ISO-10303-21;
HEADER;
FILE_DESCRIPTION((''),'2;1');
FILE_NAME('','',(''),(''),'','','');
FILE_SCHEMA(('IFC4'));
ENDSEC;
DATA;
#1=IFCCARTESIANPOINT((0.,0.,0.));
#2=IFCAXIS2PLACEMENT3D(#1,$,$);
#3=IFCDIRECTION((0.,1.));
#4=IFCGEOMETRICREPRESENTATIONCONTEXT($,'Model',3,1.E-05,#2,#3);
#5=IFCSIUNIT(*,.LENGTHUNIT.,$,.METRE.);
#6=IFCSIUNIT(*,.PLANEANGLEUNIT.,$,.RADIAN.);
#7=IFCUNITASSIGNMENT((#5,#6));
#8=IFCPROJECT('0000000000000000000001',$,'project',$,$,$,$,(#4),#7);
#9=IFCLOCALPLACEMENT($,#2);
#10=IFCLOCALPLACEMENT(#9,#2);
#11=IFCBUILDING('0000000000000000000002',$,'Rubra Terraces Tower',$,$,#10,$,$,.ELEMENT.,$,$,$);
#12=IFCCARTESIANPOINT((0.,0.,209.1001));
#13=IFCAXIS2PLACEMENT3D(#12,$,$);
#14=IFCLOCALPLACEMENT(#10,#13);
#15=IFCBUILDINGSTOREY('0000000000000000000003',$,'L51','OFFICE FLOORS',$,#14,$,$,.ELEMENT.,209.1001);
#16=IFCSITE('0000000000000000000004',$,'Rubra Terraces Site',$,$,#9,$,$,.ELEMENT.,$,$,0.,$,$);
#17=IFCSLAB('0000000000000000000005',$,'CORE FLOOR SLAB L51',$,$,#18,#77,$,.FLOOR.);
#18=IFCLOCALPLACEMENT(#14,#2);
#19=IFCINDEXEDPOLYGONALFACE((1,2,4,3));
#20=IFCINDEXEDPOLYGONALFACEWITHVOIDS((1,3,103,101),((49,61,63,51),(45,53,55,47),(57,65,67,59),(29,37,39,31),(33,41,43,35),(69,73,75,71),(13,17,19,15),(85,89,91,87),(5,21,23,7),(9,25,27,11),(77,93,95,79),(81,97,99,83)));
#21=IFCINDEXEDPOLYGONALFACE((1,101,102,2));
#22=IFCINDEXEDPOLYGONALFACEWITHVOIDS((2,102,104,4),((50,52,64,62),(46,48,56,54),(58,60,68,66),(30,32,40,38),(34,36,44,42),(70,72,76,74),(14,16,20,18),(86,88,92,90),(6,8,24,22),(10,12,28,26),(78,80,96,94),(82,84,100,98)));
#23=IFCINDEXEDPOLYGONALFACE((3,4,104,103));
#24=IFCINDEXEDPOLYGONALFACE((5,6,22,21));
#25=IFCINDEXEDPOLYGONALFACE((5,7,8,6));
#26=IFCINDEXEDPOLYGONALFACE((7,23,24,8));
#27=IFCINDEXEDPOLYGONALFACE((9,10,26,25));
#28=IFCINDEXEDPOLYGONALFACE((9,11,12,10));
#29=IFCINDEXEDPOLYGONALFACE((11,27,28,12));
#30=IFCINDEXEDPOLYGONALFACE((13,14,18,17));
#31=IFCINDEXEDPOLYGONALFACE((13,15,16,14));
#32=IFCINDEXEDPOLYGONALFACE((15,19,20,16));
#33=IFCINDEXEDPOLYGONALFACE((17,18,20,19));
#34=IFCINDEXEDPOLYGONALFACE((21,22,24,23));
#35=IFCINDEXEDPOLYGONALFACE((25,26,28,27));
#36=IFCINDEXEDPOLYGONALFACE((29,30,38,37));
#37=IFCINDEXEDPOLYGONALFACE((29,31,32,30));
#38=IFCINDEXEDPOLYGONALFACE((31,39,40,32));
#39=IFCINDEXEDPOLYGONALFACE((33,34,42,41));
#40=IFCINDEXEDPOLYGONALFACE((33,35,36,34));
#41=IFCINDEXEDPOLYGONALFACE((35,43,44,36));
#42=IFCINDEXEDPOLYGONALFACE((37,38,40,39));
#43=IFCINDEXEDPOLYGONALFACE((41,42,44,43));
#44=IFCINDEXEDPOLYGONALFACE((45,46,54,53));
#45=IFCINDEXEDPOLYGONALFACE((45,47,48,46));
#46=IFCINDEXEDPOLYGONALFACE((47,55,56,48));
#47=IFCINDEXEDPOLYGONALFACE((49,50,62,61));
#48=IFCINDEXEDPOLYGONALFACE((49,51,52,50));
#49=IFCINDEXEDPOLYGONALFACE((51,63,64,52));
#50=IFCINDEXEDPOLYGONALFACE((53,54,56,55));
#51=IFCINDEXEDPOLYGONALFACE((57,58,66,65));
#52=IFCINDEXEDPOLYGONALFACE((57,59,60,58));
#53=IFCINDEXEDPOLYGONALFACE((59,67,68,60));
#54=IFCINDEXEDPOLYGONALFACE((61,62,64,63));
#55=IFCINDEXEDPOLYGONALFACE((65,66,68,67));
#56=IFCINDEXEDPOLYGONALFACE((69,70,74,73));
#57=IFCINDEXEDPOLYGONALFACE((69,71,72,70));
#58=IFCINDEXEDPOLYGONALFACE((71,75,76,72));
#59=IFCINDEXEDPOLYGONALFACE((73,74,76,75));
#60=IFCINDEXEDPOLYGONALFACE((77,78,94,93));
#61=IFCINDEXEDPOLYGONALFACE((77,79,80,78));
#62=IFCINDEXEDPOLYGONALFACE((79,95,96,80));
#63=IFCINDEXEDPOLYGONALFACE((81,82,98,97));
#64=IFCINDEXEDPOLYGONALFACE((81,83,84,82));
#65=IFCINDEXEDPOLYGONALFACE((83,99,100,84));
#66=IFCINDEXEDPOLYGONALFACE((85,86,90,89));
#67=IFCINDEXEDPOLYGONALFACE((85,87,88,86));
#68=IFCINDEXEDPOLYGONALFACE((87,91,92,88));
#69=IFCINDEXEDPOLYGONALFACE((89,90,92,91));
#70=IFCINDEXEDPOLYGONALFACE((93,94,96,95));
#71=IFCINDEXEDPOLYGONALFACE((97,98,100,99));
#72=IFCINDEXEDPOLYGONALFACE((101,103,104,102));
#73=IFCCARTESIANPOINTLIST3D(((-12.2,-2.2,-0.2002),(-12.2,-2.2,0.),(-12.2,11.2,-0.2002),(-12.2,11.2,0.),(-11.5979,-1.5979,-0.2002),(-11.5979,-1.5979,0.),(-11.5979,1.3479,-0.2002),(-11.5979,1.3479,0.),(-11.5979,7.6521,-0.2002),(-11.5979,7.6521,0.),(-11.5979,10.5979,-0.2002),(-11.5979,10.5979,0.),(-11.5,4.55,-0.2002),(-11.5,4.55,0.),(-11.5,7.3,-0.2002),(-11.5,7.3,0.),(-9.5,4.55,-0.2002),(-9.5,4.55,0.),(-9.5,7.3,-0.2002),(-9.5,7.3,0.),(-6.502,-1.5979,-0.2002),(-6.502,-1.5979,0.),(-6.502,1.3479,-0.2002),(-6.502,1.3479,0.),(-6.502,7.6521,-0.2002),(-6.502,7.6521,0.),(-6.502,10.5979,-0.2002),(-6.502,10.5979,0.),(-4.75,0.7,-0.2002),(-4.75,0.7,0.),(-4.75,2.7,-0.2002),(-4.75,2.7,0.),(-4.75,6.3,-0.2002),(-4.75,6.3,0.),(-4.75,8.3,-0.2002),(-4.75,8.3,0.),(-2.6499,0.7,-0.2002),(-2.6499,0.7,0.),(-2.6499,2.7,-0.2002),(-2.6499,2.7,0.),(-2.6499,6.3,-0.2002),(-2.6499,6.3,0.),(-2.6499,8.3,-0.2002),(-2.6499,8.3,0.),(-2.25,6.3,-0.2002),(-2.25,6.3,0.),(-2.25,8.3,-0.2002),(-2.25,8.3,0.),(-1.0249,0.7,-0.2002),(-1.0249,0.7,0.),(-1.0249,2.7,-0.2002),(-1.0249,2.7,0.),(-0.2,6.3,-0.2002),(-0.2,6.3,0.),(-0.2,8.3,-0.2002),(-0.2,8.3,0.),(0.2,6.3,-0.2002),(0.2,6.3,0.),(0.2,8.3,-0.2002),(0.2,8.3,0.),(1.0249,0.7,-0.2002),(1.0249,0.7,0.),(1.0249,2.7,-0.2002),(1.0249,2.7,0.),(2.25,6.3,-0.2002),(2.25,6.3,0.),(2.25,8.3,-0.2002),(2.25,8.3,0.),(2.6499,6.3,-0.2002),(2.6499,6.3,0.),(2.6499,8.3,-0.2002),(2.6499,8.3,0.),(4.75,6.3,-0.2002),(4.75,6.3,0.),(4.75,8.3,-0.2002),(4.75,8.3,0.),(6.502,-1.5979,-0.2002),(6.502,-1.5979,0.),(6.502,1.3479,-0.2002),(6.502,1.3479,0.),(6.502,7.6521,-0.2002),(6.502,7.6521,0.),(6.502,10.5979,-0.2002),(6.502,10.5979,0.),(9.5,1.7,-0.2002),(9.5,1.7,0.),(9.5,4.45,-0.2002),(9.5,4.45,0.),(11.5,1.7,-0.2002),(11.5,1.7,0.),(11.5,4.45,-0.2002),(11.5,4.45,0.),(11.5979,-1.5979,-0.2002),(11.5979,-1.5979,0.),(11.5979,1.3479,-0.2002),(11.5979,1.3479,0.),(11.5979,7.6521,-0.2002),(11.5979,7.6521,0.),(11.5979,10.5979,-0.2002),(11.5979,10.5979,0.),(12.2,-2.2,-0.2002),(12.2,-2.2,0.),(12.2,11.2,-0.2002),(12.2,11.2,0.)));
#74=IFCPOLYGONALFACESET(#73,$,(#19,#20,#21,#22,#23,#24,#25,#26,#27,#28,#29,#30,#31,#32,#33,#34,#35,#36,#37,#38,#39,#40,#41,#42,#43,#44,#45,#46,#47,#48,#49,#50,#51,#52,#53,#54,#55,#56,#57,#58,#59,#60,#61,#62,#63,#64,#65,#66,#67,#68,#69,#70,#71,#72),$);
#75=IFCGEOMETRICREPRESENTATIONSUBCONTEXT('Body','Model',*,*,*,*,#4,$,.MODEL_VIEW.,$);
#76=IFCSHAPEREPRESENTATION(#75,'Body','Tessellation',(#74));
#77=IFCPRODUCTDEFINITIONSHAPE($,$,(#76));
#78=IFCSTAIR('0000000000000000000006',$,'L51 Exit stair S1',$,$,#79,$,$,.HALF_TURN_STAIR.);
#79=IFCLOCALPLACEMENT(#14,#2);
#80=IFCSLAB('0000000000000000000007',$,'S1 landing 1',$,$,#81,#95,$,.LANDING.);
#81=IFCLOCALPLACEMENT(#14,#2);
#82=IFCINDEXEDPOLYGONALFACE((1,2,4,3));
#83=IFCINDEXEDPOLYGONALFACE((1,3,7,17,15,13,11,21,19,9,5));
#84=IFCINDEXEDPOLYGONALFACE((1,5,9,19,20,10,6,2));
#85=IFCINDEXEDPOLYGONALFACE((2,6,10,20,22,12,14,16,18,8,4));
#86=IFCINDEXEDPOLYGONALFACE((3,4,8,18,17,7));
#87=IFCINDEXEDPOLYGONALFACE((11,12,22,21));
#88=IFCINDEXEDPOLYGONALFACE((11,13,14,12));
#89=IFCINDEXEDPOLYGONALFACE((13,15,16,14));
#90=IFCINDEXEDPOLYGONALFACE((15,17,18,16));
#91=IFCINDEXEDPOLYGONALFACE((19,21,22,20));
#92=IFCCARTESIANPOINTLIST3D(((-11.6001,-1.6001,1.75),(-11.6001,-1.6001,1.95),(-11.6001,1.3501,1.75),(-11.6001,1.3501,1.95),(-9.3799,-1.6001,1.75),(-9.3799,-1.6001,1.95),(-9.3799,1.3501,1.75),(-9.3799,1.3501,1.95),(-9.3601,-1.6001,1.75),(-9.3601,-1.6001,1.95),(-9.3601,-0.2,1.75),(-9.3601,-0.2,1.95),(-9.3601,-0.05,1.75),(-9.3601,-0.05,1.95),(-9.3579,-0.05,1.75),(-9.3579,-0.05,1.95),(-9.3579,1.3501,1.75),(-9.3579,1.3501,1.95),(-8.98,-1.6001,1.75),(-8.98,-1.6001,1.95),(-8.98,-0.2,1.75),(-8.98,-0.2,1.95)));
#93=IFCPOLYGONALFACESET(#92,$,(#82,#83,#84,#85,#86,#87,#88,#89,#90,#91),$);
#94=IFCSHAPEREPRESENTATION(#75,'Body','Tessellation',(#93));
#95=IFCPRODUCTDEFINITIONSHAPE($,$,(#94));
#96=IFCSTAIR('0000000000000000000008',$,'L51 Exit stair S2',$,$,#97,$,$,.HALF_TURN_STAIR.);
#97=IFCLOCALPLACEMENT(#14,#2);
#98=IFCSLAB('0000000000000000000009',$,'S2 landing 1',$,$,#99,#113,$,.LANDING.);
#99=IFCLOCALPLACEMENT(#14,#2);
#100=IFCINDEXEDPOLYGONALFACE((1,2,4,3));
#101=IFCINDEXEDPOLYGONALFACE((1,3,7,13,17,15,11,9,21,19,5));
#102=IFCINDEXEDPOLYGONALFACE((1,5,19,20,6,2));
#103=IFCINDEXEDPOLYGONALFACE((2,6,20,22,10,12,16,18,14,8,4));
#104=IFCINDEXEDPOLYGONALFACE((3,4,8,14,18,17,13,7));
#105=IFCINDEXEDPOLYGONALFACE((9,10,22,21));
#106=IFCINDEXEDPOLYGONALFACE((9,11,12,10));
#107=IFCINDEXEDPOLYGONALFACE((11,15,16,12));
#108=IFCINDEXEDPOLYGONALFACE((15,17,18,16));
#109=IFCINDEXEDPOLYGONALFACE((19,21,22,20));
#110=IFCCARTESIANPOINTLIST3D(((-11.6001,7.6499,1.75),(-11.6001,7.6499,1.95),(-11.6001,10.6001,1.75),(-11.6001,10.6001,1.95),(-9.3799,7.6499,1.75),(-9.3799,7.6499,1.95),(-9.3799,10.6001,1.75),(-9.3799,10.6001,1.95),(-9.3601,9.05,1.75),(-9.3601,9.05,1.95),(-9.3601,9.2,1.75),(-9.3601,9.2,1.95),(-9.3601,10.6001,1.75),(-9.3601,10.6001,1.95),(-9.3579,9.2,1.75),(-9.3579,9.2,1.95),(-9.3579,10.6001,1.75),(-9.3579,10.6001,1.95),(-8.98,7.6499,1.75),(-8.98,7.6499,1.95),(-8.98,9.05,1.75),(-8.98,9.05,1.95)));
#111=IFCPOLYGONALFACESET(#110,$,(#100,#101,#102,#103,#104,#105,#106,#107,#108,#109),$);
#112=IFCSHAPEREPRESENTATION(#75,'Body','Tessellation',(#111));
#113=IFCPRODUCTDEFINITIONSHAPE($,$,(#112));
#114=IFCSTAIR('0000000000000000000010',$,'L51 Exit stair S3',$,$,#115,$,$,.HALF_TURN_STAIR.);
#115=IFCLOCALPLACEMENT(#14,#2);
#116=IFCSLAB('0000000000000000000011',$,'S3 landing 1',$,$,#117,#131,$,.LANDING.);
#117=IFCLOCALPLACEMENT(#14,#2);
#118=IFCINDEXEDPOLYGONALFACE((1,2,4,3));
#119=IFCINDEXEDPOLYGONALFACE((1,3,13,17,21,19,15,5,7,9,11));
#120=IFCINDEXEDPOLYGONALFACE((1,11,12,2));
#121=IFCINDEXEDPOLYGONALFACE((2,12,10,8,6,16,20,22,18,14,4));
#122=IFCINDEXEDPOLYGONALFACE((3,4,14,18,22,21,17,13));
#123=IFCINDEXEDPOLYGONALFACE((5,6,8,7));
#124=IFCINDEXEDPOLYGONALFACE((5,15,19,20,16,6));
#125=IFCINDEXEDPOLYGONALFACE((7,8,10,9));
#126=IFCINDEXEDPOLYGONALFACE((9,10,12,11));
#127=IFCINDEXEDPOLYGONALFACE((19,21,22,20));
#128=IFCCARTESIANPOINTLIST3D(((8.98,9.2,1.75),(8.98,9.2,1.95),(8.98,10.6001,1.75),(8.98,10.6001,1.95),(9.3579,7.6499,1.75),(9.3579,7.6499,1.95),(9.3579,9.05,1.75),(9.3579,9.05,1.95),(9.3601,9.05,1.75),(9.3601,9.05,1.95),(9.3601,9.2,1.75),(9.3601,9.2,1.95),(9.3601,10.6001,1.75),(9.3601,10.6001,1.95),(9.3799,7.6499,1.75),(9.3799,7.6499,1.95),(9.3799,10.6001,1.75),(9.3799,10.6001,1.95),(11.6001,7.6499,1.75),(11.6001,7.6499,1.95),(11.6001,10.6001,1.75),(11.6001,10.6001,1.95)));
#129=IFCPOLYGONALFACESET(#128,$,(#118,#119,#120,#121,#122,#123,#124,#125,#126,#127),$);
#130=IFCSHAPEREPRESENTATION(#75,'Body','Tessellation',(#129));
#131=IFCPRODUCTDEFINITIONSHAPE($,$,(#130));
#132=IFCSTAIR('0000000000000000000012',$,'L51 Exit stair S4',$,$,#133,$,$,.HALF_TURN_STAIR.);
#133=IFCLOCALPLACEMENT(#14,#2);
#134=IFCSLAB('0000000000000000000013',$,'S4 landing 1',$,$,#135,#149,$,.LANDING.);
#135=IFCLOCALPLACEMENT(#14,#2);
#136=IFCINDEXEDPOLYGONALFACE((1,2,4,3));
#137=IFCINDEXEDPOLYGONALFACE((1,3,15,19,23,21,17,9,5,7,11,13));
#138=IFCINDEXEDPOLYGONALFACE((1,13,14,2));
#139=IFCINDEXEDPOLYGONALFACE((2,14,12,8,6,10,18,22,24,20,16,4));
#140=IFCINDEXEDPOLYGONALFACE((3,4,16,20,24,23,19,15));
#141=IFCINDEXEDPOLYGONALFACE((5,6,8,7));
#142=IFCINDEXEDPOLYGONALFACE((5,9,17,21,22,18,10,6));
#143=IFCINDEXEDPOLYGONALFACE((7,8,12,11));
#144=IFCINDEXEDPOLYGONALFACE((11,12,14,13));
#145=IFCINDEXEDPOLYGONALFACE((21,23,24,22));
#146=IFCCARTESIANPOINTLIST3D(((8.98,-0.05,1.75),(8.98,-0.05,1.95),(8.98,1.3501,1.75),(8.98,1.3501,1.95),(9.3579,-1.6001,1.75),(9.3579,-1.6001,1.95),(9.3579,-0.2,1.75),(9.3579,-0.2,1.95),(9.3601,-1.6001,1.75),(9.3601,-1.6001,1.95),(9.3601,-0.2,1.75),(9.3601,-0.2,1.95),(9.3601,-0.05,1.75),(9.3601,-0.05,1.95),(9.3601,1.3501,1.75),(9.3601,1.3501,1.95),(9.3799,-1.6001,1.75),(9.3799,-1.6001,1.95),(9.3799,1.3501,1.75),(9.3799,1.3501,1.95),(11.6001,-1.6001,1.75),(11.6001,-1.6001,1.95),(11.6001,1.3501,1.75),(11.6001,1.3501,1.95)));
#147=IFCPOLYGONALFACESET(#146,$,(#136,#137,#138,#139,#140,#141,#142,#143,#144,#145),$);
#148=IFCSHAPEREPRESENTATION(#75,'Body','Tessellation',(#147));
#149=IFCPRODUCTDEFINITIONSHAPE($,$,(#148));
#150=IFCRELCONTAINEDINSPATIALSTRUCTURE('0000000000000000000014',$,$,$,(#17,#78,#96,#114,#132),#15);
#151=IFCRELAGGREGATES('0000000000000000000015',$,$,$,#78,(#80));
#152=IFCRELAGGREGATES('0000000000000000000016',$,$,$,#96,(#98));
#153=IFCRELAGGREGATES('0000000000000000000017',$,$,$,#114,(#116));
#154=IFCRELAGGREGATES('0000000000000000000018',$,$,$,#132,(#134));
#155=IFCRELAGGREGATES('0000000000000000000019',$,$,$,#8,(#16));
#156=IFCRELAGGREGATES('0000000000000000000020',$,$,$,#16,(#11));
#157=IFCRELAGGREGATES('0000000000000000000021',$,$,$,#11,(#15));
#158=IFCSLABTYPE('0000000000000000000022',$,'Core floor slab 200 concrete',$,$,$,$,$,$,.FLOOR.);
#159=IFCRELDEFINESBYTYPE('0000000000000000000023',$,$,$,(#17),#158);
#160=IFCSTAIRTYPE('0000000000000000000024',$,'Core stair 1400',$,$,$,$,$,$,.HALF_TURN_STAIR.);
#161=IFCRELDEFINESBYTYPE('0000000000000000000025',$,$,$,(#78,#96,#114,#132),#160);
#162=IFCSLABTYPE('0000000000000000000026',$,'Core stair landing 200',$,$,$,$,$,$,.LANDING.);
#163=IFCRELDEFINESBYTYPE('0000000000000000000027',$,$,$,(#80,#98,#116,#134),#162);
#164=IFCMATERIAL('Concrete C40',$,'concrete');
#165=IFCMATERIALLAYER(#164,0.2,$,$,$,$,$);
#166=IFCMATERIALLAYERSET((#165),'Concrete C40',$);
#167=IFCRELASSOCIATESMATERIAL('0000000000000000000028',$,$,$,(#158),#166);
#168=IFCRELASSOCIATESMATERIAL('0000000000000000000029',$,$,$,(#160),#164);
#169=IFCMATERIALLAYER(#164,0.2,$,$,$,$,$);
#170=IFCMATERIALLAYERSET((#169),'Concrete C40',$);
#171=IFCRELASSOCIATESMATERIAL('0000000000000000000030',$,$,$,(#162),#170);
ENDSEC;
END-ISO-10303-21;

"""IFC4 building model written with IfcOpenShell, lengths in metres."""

from ifc_helpers import new_model, si_unit, direction, frame, origin, place, context, subcontext, project, spatial, polyline, outline, extrude, material, layer, layer_set, type_object, element, aggregate, save


model = new_model("IFC4")

# Units and contexts
model_context = context("Model", 3, precision=1e-05, world=origin(), true_north=direction((0.0, 1.0)))
body_context = subcontext(model_context, "Body", "Model", "MODEL_VIEW")
ifc_project = project(units=[si_unit("LENGTHUNIT", "METRE"), si_unit("PLANEANGLEUNIT", "RADIAN")], contexts=[model_context])

# Site, building, storey
site_placement = place(None, origin())
site = spatial("IfcSite", under=ifc_project, at=site_placement, Name="Rubra Terraces Site", CompositionType="ELEMENT", RefElevation=0.0)
building_placement = place(site_placement, origin())
building = spatial("IfcBuilding", under=site, at=building_placement, Name="Rubra Terraces Tower", CompositionType="ELEMENT")
storey_placement = place(building_placement, frame((0.0, 0.0, 209.1001)))
storey = spatial("IfcBuildingStorey", under=building, at=storey_placement, Name="L51", Description="OFFICE FLOORS", CompositionType="ELEMENT", Elevation=209.1001)

# Slab
ifc_material_1 = material(Name="Concrete C40", Category="concrete")
ifc_layer_1 = layer(ifc_material_1, 0.2)
ifc_layer_set_1 = layer_set([ifc_layer_1], Name="Concrete C40")
slab_type_1 = type_object("IfcSlabType", Name="Core floor slab 200 concrete", PredefinedType="FLOOR", material=ifc_layer_set_1)
slab_1_placement = place(storey_placement, frame((0.0, 0.0, -0.2002)))
element("IfcSlab", 1, at=slab_1_placement, inside=storey, type_object=slab_type_1, Name="CORE FLOOR SLAB L51", PredefinedType="FLOOR", context=body_context, shape_type="SweptSolid", body=[
    extrude(outline(polyline([(-12.2, -2.2), (-12.2, 11.2), (12.2, 11.2), (12.2, -2.2), (-12.2, -2.2)]), holes=[polyline([(11.5979, 1.3479), (6.502, 1.3479), (6.502, -1.5979), (11.5979, -1.5979), (11.5979, 1.3479)]), polyline([(11.5979, 7.6521), (11.5979, 10.5979), (6.502, 10.5979), (6.502, 7.6521), (11.5979, 7.6521)]), polyline([(9.5, 1.7), (11.5, 1.7), (11.5, 4.45), (9.5, 4.45), (9.5, 1.7)]), polyline([(4.75, 6.3), (4.75, 8.3), (2.6499, 8.3), (2.6499, 6.3), (4.75, 6.3)]), polyline([(2.25, 8.3), (0.2, 8.3), (0.2, 6.3), (2.25, 6.3), (2.25, 8.3)]), polyline([(1.0249, 0.7), (1.0249, 2.7), (-1.0249, 2.7), (-1.0249, 0.7), (1.0249, 0.7)]), polyline([(-0.2, 6.3), (-0.2, 8.3), (-2.25, 8.3), (-2.25, 6.3), (-0.2, 6.3)]), polyline([(-4.75, 8.3), (-4.75, 6.3), (-2.6499, 6.3), (-2.6499, 8.3), (-4.75, 8.3)]), polyline([(-2.6499, 0.7), (-2.6499, 2.7), (-4.75, 2.7), (-4.75, 0.7), (-2.6499, 0.7)]), polyline([(-11.5979, -1.5979), (-6.502, -1.5979), (-6.502, 1.3479), (-11.5979, 1.3479), (-11.5979, -1.5979)]), polyline([(-11.5979, 10.5979), (-11.5979, 7.6521), (-6.502, 7.6521), (-6.502, 10.5979), (-11.5979, 10.5979)]), polyline([(-9.5, 4.55), (-9.5, 7.3), (-11.5, 7.3), (-11.5, 4.55), (-9.5, 4.55)])]), origin(), (0.0, 0.0, 1.0), 0.2002),
])

# Stairs, slabs
stair_type = type_object("IfcStairType", Name="Core stair 1400", PredefinedType="HALF_TURN_STAIR", material=ifc_material_1)
stair_1_placement = place(storey_placement, origin())
stair_1 = element("IfcStair", 2, at=stair_1_placement, inside=storey, type_object=stair_type, Name="L51 Exit stair S1", PredefinedType="HALF_TURN_STAIR")
ifc_layer_2 = layer(ifc_material_1, 0.2)
ifc_layer_set_2 = layer_set([ifc_layer_2], Name="Concrete C40")
slab_type_2 = type_object("IfcSlabType", Name="Core stair landing 200", PredefinedType="LANDING", material=ifc_layer_set_2)
slab_2_placement = place(storey_placement, frame((0.0, 0.0, 1.75)))
slab_2 = element("IfcSlab", 3, at=slab_2_placement, type_object=slab_type_2, Name="S1 landing 1", PredefinedType="LANDING", context=body_context, shape_type="SweptSolid", body=[
    extrude(outline(polyline([(-8.98, -0.2), (-8.98, -1.6001), (-9.3601, -1.6001), (-9.3799, -1.6001), (-11.6001, -1.6001), (-11.6001, 1.3501), (-9.3799, 1.3501), (-9.3579, 1.3501), (-9.3579, -0.05), (-9.3601, -0.05), (-9.3601, -0.2), (-8.98, -0.2)])), origin(), (0.0, 0.0, 1.0), 0.2),
])
aggregate(stair_1, [slab_2])
stair_2_placement = place(storey_placement, origin())
stair_2 = element("IfcStair", 4, at=stair_2_placement, inside=storey, type_object=stair_type, Name="L51 Exit stair S2", PredefinedType="HALF_TURN_STAIR")
slab_3_placement = place(storey_placement, frame((0.0, 0.0, 1.75)))
slab_3 = element("IfcSlab", 5, at=slab_3_placement, type_object=slab_type_2, Name="S2 landing 1", PredefinedType="LANDING", context=body_context, shape_type="SweptSolid", body=[
    extrude(outline(polyline([(-8.98, 9.05), (-8.98, 7.6499), (-9.3799, 7.6499), (-11.6001, 7.6499), (-11.6001, 10.6001), (-9.3799, 10.6001), (-9.3601, 10.6001), (-9.3579, 10.6001), (-9.3579, 9.2), (-9.3601, 9.2), (-9.3601, 9.05), (-8.98, 9.05)])), origin(), (0.0, 0.0, 1.0), 0.2),
])
aggregate(stair_2, [slab_3])
stair_3_placement = place(storey_placement, origin())
stair_3 = element("IfcStair", 6, at=stair_3_placement, inside=storey, type_object=stair_type, Name="L51 Exit stair S3", PredefinedType="HALF_TURN_STAIR")
slab_4_placement = place(storey_placement, frame((0.0, 0.0, 1.75)))
slab_4 = element("IfcSlab", 7, at=slab_4_placement, type_object=slab_type_2, Name="S3 landing 1", PredefinedType="LANDING", context=body_context, shape_type="SweptSolid", body=[
    extrude(outline(polyline([(9.3601, 9.05), (9.3601, 9.2), (8.98, 9.2), (8.98, 10.6001), (9.3601, 10.6001), (9.3799, 10.6001), (11.6001, 10.6001), (11.6001, 7.6499), (9.3799, 7.6499), (9.3579, 7.6499), (9.3579, 9.05), (9.3601, 9.05)])), origin(), (0.0, 0.0, 1.0), 0.2),
])
aggregate(stair_3, [slab_4])
stair_4_placement = place(storey_placement, origin())
stair_4 = element("IfcStair", 8, at=stair_4_placement, inside=storey, type_object=stair_type, Name="L51 Exit stair S4", PredefinedType="HALF_TURN_STAIR")
slab_5_placement = place(storey_placement, frame((0.0, 0.0, 1.75)))
slab_5 = element("IfcSlab", 9, at=slab_5_placement, type_object=slab_type_2, Name="S4 landing 1", PredefinedType="LANDING", context=body_context, shape_type="SweptSolid", body=[
    extrude(outline(polyline([(9.3601, -0.2), (9.3601, -0.05), (8.98, -0.05), (8.98, 1.3501), (9.3601, 1.3501), (9.3799, 1.3501), (11.6001, 1.3501), (11.6001, -1.6001), (9.3799, -1.6001), (9.3601, -1.6001), (9.3579, -1.6001), (9.3579, -0.2), (9.3601, -0.2)])), origin(), (0.0, 0.0, 1.0), 0.2),
])

aggregate(stair_4, [slab_5])

save(model, "model.ifc")
